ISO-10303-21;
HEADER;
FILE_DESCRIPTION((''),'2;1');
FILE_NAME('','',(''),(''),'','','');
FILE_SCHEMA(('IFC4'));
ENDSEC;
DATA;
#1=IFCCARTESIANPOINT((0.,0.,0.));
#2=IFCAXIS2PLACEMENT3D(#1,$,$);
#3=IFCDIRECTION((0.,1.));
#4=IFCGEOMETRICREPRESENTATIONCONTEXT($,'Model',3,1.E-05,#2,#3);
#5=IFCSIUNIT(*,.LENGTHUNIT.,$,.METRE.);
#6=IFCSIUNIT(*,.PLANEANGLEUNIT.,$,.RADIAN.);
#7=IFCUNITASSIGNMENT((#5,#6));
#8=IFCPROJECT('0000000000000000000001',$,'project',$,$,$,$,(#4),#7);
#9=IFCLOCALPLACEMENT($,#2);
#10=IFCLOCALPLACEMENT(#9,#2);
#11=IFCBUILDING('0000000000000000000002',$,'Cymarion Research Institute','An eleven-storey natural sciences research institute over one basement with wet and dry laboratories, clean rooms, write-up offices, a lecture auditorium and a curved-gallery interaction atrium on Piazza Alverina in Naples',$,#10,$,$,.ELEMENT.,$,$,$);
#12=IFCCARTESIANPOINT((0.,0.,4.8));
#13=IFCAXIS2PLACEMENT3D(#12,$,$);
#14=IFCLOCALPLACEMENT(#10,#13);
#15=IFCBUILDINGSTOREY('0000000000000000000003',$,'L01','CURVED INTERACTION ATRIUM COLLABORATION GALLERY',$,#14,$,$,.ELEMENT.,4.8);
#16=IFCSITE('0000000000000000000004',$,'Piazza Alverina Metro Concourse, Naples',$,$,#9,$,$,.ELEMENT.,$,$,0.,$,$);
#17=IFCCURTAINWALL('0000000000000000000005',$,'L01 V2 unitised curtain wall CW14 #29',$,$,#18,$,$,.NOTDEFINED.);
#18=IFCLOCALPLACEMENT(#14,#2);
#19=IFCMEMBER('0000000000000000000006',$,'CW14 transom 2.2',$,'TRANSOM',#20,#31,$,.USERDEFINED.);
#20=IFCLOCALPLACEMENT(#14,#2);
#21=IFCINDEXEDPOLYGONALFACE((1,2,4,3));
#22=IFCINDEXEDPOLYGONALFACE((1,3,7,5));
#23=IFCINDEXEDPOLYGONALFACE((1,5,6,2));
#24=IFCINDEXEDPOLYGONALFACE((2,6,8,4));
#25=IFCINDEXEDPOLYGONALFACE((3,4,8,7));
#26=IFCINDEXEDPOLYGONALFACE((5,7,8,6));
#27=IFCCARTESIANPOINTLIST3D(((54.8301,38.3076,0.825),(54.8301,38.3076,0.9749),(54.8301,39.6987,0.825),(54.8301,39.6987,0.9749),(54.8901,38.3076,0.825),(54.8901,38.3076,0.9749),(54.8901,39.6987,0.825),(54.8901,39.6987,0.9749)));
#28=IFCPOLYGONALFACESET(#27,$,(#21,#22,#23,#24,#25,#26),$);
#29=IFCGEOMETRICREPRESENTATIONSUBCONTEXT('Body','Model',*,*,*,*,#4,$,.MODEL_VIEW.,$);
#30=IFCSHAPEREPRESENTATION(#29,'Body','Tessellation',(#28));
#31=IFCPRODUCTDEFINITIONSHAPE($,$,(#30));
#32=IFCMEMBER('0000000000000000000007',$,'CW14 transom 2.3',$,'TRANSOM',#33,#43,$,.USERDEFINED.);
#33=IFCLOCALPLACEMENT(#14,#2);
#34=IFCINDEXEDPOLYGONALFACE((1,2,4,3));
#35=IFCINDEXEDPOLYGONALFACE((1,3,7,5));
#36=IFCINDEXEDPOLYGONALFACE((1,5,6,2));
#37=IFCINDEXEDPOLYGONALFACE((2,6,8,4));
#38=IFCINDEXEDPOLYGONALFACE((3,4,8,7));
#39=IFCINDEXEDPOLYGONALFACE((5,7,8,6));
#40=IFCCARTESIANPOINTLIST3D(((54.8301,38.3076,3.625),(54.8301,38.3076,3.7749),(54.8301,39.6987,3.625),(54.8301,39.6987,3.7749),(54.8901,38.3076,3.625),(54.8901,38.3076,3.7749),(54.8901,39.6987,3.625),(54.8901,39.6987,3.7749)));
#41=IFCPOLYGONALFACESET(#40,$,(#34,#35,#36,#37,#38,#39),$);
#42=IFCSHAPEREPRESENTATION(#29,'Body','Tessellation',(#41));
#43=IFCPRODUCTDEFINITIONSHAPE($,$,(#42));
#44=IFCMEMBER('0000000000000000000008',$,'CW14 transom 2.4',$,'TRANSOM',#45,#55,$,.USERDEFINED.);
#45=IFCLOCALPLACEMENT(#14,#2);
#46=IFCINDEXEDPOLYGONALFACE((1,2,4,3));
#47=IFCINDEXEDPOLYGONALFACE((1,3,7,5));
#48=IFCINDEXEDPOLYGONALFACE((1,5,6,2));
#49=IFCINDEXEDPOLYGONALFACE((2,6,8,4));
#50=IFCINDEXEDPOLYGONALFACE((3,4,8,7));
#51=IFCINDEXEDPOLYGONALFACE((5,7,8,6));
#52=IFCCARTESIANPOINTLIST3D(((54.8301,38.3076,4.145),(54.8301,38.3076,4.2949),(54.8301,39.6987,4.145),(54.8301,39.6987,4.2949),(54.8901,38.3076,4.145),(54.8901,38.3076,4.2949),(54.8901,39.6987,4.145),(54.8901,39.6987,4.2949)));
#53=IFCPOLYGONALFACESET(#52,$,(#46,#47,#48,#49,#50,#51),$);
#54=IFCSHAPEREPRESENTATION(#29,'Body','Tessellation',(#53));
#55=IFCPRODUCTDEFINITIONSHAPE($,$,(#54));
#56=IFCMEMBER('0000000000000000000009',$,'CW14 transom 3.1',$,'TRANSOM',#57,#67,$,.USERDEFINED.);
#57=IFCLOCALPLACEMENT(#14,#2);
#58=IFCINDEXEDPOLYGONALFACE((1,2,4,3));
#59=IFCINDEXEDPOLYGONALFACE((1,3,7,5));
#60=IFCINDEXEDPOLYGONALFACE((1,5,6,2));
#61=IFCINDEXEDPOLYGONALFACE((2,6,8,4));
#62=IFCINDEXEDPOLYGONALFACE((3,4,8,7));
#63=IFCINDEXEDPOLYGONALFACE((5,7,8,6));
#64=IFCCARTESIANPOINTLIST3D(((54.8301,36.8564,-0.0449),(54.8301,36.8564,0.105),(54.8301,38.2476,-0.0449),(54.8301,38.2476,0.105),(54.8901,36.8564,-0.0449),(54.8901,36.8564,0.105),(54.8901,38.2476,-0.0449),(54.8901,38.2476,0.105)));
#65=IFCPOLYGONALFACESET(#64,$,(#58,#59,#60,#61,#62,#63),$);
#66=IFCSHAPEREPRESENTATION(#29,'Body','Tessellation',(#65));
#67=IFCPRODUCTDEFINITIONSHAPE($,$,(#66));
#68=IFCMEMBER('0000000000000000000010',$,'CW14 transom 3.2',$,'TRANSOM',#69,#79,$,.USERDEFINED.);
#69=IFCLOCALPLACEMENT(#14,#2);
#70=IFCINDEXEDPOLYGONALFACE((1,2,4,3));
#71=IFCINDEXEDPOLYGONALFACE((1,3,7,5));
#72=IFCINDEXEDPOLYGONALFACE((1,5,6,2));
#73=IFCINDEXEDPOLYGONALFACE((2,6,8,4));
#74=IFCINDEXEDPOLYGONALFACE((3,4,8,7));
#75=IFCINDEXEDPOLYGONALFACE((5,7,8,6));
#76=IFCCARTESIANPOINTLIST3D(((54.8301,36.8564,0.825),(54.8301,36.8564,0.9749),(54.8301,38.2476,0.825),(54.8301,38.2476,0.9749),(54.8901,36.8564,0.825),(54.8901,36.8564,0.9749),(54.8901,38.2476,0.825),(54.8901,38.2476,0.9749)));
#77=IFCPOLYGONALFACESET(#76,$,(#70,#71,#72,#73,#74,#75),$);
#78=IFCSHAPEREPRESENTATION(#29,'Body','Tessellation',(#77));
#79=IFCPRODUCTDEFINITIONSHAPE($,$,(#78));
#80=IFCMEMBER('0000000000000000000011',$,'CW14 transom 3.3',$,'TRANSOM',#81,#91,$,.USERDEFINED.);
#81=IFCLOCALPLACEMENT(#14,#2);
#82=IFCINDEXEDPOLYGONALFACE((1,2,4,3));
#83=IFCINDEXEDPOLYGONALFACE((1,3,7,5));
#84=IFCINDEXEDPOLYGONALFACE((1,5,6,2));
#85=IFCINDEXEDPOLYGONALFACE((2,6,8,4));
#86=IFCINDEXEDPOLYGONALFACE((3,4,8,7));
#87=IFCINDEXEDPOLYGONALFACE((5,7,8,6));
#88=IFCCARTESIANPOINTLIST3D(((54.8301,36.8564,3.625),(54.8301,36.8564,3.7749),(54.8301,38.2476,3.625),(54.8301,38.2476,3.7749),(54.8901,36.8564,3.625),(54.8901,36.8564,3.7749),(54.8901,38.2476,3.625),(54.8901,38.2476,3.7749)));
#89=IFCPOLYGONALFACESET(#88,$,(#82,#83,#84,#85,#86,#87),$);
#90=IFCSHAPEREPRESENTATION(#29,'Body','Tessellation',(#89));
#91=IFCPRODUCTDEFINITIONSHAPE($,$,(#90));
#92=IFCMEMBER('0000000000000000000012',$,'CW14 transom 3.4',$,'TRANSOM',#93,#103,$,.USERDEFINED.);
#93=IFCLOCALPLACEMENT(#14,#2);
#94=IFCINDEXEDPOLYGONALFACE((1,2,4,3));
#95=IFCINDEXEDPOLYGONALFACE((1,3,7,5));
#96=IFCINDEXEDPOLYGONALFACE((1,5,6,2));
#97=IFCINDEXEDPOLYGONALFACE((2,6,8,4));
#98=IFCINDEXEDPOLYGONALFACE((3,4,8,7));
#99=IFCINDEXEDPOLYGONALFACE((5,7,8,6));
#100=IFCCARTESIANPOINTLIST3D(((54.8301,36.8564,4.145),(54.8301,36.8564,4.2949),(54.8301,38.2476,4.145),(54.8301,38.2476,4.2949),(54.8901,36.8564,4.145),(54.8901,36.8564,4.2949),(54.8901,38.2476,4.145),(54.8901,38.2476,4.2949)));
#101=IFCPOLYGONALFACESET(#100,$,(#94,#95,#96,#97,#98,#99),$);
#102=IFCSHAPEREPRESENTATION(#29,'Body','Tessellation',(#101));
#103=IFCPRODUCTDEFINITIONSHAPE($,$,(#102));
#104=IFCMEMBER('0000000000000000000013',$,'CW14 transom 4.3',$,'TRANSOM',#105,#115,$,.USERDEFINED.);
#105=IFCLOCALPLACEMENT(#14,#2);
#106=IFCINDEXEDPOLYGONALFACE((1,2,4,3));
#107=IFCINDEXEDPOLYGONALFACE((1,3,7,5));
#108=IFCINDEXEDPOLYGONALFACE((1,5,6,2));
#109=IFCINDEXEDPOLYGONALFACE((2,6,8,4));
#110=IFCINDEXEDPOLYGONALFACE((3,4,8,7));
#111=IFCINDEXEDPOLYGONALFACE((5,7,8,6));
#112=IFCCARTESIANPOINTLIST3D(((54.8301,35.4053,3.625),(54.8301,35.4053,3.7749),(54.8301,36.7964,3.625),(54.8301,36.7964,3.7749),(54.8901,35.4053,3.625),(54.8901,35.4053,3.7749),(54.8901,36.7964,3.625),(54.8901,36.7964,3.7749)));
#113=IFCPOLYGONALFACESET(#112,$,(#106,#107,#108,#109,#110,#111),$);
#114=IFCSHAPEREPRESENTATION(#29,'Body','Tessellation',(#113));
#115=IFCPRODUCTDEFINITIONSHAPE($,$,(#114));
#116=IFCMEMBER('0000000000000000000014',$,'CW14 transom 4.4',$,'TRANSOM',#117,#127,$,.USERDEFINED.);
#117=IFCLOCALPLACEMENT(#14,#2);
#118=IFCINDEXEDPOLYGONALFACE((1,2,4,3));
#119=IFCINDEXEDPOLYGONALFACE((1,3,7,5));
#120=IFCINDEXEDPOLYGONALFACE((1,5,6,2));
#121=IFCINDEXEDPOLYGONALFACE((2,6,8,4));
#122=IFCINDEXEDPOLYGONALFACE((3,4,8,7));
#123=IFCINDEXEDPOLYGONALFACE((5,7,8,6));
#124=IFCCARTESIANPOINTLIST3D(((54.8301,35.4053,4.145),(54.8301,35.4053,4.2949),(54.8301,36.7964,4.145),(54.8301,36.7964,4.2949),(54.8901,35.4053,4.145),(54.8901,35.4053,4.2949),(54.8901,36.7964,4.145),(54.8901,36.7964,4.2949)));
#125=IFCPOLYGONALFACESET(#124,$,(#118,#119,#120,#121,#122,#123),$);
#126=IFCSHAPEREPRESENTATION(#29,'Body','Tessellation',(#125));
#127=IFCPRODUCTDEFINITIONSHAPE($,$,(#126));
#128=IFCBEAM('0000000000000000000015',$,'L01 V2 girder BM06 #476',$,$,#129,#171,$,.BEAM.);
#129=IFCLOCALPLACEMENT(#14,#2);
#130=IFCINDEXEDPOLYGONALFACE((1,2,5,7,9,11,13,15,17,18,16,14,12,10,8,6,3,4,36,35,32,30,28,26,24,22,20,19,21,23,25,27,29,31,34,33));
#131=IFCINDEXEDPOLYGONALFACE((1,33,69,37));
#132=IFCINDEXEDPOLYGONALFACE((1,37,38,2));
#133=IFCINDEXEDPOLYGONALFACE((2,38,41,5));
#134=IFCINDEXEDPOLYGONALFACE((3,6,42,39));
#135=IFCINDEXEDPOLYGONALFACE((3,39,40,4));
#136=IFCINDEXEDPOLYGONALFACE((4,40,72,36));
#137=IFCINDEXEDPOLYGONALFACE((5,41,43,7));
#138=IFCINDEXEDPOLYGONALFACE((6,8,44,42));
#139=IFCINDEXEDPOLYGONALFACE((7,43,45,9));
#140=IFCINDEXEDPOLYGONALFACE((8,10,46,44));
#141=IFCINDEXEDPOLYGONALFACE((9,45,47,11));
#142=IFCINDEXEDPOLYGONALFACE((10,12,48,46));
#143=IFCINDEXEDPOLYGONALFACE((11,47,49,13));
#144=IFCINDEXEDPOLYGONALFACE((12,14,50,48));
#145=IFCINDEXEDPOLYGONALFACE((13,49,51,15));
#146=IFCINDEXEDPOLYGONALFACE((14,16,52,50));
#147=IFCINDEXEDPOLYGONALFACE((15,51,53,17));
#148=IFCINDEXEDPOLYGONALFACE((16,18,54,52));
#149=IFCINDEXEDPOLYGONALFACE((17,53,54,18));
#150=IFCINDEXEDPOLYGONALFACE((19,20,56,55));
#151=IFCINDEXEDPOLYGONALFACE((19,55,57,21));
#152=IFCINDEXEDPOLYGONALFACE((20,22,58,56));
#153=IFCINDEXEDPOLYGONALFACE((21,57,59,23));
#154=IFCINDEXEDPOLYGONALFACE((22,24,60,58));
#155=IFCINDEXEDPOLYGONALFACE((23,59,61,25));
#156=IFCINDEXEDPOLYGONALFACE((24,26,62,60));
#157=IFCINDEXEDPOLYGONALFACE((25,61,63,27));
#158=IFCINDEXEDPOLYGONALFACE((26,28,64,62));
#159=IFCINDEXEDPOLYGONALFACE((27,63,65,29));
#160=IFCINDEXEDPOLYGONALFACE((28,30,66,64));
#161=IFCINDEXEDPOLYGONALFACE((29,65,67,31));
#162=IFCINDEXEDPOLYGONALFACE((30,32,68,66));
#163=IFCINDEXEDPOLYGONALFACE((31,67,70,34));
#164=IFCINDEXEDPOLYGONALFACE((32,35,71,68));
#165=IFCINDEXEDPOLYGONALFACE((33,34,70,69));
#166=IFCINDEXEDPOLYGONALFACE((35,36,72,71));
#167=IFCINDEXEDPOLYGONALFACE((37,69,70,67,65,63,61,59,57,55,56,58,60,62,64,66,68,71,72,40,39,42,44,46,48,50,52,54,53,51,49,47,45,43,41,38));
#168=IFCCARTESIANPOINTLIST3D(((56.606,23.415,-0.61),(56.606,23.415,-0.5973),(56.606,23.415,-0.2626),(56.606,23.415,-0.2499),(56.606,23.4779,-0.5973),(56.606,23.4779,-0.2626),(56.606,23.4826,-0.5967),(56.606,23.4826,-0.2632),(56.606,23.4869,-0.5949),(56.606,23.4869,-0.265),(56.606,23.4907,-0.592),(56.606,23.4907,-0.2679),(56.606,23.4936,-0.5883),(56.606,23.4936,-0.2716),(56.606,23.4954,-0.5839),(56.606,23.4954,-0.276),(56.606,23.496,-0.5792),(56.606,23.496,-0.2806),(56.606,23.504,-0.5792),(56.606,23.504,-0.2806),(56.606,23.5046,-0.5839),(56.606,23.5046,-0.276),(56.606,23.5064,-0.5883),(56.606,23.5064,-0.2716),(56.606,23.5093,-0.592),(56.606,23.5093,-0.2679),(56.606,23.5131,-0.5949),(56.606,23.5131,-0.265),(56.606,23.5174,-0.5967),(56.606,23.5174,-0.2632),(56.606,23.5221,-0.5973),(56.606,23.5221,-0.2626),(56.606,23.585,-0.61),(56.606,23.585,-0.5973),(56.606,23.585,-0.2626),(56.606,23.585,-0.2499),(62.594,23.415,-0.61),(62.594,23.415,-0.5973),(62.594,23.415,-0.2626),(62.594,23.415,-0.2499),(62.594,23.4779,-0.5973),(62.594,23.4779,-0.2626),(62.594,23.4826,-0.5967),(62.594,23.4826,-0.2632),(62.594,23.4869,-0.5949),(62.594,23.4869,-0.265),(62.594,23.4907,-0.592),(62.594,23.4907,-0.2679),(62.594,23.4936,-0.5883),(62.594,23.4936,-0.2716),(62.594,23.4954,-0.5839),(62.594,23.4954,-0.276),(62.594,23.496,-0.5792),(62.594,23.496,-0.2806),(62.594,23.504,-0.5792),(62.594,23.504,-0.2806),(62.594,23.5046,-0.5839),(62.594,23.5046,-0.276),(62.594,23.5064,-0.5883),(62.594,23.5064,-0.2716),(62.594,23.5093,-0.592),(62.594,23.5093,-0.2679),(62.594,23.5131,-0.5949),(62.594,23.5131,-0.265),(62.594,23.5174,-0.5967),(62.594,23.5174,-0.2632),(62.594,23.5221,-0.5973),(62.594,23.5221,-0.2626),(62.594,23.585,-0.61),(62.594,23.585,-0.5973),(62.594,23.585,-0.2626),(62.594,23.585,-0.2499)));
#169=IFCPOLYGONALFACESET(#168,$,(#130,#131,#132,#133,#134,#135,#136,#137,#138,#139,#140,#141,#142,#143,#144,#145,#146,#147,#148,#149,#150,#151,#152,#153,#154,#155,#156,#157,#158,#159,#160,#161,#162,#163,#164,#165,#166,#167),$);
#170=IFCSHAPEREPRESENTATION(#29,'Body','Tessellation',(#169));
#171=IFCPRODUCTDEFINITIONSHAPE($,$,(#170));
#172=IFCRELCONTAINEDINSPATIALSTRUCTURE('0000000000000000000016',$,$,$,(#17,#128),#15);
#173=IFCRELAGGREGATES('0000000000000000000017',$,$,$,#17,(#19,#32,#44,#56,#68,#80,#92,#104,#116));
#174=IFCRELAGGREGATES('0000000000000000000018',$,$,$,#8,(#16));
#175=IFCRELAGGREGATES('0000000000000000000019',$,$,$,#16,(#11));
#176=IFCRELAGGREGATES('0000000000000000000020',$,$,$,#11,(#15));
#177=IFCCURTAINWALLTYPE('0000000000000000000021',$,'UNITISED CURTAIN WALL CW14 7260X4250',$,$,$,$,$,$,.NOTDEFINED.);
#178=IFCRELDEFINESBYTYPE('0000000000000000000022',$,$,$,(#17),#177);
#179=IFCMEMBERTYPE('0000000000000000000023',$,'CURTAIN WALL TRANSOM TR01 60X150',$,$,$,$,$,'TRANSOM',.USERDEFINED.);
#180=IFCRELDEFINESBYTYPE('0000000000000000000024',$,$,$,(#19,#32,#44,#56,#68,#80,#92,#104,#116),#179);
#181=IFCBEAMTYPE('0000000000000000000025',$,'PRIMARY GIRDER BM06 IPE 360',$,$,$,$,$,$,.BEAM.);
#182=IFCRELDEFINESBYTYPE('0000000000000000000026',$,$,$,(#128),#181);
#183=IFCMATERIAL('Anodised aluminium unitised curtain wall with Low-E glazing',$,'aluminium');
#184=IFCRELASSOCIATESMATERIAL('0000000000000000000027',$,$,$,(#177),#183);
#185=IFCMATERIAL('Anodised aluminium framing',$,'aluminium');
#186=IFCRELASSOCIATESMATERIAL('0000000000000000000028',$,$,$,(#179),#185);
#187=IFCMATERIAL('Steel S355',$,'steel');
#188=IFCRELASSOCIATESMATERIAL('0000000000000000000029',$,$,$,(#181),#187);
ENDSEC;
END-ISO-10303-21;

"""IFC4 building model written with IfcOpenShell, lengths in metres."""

from ifc_helpers import new_model, si_unit, direction, frame, origin, origin_2d, place, context, subcontext, project, spatial, rectangle, i_section, extrude, material, material_profile, profile_set, type_object, element, aggregate, save


model = new_model("IFC4")

# Units and contexts
model_context = context("Model", 3, precision=1e-05, world=origin(), true_north=direction((0.0, 1.0)))
body_context = subcontext(model_context, "Body", "Model", "MODEL_VIEW")
ifc_project = project(units=[si_unit("LENGTHUNIT", "METRE"), si_unit("PLANEANGLEUNIT", "RADIAN")], contexts=[model_context])

# Site, building, storey
site_placement = place(None, origin())
site = spatial("IfcSite", under=ifc_project, at=site_placement, Name="Piazza Alverina Metro Concourse, Naples", CompositionType="ELEMENT", RefElevation=0.0)
building_placement = place(site_placement, origin())
building = spatial("IfcBuilding", under=site, at=building_placement, Name="Cymarion Research Institute", Description="An eleven-storey natural sciences research institute over one basement with wet and dry laboratories, clean rooms, write-up offices, a lecture auditorium and a curved-gallery interaction atrium on Piazza Alverina in Naples", CompositionType="ELEMENT")
storey_placement = place(building_placement, frame((0.0, 0.0, 4.8)))
storey = spatial("IfcBuildingStorey", under=building, at=storey_placement, Name="L01", Description="CURVED INTERACTION ATRIUM COLLABORATION GALLERY", CompositionType="ELEMENT", Elevation=4.8)

# Shared definitions
ifc_material_1 = material(Name="Steel S355", Category="steel")

# Curtain wall, members
ifc_material_2 = material(Name="Anodised aluminium unitised curtain wall with Low-E glazing", Category="aluminium")
curtain_wall_type = type_object("IfcCurtainWallType", Name="UNITISED CURTAIN WALL CW14 7260X4250", PredefinedType="NOTDEFINED", material=ifc_material_2)
curtain_wall_placement = place(storey_placement, origin())
curtain_wall = element("IfcCurtainWall", 1, at=curtain_wall_placement, inside=storey, type_object=curtain_wall_type, Name="L01 V2 unitised curtain wall CW14 #29", PredefinedType="NOTDEFINED")
ifc_material_3 = material(Name="Anodised aluminium framing", Category="aluminium")
ifc_material_profile_1 = material_profile(ifc_material_3, rectangle(XDim=0.0601, YDim=0.1499, at=origin_2d()), Name="ALU TRANSOM 60x150")
ifc_profile_set_1 = profile_set([ifc_material_profile_1], Name="Anodised aluminium framing")
member_type_1 = type_object("IfcMemberType", Name="CURTAIN WALL TRANSOM TR01 60X150", ElementType="TRANSOM", PredefinedType="USERDEFINED", material=ifc_profile_set_1)
member_1_placement = place(storey_placement, frame((54.8601, 39.6987, 0.8999), z_axis=(0.0, -1.0, 0.0), x_axis=(1.0, 0.0, 0.0)))
member_1 = element("IfcMember", 2, at=member_1_placement, type_object=member_type_1, Name="CW14 transom 2.2", ObjectType="TRANSOM", PredefinedType="USERDEFINED", context=body_context, shape_type="SweptSolid", body=[
    extrude(rectangle(XDim=0.0601, YDim=0.1499, at=origin_2d()), origin(), (0.0, 0.0, 1.0), 1.3911),
])
member_2_placement = place(storey_placement, frame((54.8601, 39.6987, 3.7), z_axis=(0.0, -1.0, 0.0), x_axis=(1.0, 0.0, 0.0)))
member_2 = element("IfcMember", 3, at=member_2_placement, type_object=member_type_1, Name="CW14 transom 2.3", ObjectType="TRANSOM", PredefinedType="USERDEFINED", context=body_context, shape_type="SweptSolid", body=[
    extrude(rectangle(XDim=0.0601, YDim=0.1499, at=origin_2d()), origin(), (0.0, 0.0, 1.0), 1.3911),
])
member_3_placement = place(storey_placement, frame((54.8601, 39.6987, 4.22), z_axis=(0.0, -1.0, 0.0), x_axis=(1.0, 0.0, 0.0)))
member_3 = element("IfcMember", 4, at=member_3_placement, type_object=member_type_1, Name="CW14 transom 2.4", ObjectType="TRANSOM", PredefinedType="USERDEFINED", context=body_context, shape_type="SweptSolid", body=[
    extrude(rectangle(XDim=0.0601, YDim=0.1499, at=origin_2d()), origin(), (0.0, 0.0, 1.0), 1.3911),
])
member_4_placement = place(storey_placement, frame((54.8601, 38.2476, 0.03), z_axis=(0.0, -1.0, 0.0), x_axis=(1.0, 0.0, 0.0)))
member_4 = element("IfcMember", 5, at=member_4_placement, type_object=member_type_1, Name="CW14 transom 3.1", ObjectType="TRANSOM", PredefinedType="USERDEFINED", context=body_context, shape_type="SweptSolid", body=[
    extrude(rectangle(XDim=0.0601, YDim=0.1499, at=origin_2d()), origin(), (0.0, 0.0, 1.0), 1.3911),
])
member_5_placement = place(storey_placement, frame((54.8601, 38.2476, 0.8999), z_axis=(0.0, -1.0, 0.0), x_axis=(1.0, 0.0, 0.0)))
member_5 = element("IfcMember", 6, at=member_5_placement, type_object=member_type_1, Name="CW14 transom 3.2", ObjectType="TRANSOM", PredefinedType="USERDEFINED", context=body_context, shape_type="SweptSolid", body=[
    extrude(rectangle(XDim=0.0601, YDim=0.1499, at=origin_2d()), origin(), (0.0, 0.0, 1.0), 1.3911),
])
member_6_placement = place(storey_placement, frame((54.8601, 38.2476, 3.7), z_axis=(0.0, -1.0, 0.0), x_axis=(1.0, 0.0, 0.0)))
member_6 = element("IfcMember", 7, at=member_6_placement, type_object=member_type_1, Name="CW14 transom 3.3", ObjectType="TRANSOM", PredefinedType="USERDEFINED", context=body_context, shape_type="SweptSolid", body=[
    extrude(rectangle(XDim=0.0601, YDim=0.1499, at=origin_2d()), origin(), (0.0, 0.0, 1.0), 1.3911),
])
member_7_placement = place(storey_placement, frame((54.8601, 38.2476, 4.22), z_axis=(0.0, -1.0, 0.0), x_axis=(1.0, 0.0, 0.0)))
member_7 = element("IfcMember", 8, at=member_7_placement, type_object=member_type_1, Name="CW14 transom 3.4", ObjectType="TRANSOM", PredefinedType="USERDEFINED", context=body_context, shape_type="SweptSolid", body=[
    extrude(rectangle(XDim=0.0601, YDim=0.1499, at=origin_2d()), origin(), (0.0, 0.0, 1.0), 1.3911),
])
member_8_placement = place(storey_placement, frame((54.8601, 36.7964, 3.7), z_axis=(0.0, -1.0, 0.0), x_axis=(1.0, 0.0, 0.0)))
member_8 = element("IfcMember", 9, at=member_8_placement, type_object=member_type_1, Name="CW14 transom 4.3", ObjectType="TRANSOM", PredefinedType="USERDEFINED", context=body_context, shape_type="SweptSolid", body=[
    extrude(rectangle(XDim=0.0601, YDim=0.1499, at=origin_2d()), origin(), (0.0, 0.0, 1.0), 1.3911),
])
member_9_placement = place(storey_placement, frame((54.8601, 36.7964, 4.22), z_axis=(0.0, -1.0, 0.0), x_axis=(1.0, 0.0, 0.0)))
member_9 = element("IfcMember", 10, at=member_9_placement, type_object=member_type_1, Name="CW14 transom 4.4", ObjectType="TRANSOM", PredefinedType="USERDEFINED", context=body_context, shape_type="SweptSolid", body=[
    extrude(rectangle(XDim=0.0601, YDim=0.1499, at=origin_2d()), origin(), (0.0, 0.0, 1.0), 1.3911),
])

# Beam
ifc_material_profile_2 = material_profile(ifc_material_1, i_section(OverallWidth=0.1699, OverallDepth=0.3601, WebThickness=0.0081, FlangeThickness=0.0127, FilletRadius=0.0181, at=origin_2d()), Name="IPE 360")
ifc_profile_set_2 = profile_set([ifc_material_profile_2], Name="Steel S355")
beam_type_1 = type_object("IfcBeamType", Name="PRIMARY GIRDER BM06 IPE 360", PredefinedType="BEAM", material=ifc_profile_set_2)
for number, where, z_axis, x_axis, name in (
    (11, (56.606, 23.5, -0.4299), (1.0, 0.0, 0.0), (0.0, 1.0, 0.0), "L01 V2 girder BM06 #476"),
):
    element("IfcBeam", number, at=place(storey_placement, frame(where, z_axis=z_axis, x_axis=x_axis)), inside=storey, type_object=beam_type_1, Name=name, PredefinedType="BEAM", context=body_context, shape_type="SweptSolid", body=[
        extrude(i_section(OverallWidth=0.1699, OverallDepth=0.3601, WebThickness=0.0081, FlangeThickness=0.0127, FilletRadius=0.0181, at=origin_2d()), origin(), (0.0, 0.0, 1.0), 5.988),
    ])

aggregate(curtain_wall, [member_1, member_2, member_3, member_4, member_5, member_6, member_7, member_8, member_9])

save(model, "model.ifc")
